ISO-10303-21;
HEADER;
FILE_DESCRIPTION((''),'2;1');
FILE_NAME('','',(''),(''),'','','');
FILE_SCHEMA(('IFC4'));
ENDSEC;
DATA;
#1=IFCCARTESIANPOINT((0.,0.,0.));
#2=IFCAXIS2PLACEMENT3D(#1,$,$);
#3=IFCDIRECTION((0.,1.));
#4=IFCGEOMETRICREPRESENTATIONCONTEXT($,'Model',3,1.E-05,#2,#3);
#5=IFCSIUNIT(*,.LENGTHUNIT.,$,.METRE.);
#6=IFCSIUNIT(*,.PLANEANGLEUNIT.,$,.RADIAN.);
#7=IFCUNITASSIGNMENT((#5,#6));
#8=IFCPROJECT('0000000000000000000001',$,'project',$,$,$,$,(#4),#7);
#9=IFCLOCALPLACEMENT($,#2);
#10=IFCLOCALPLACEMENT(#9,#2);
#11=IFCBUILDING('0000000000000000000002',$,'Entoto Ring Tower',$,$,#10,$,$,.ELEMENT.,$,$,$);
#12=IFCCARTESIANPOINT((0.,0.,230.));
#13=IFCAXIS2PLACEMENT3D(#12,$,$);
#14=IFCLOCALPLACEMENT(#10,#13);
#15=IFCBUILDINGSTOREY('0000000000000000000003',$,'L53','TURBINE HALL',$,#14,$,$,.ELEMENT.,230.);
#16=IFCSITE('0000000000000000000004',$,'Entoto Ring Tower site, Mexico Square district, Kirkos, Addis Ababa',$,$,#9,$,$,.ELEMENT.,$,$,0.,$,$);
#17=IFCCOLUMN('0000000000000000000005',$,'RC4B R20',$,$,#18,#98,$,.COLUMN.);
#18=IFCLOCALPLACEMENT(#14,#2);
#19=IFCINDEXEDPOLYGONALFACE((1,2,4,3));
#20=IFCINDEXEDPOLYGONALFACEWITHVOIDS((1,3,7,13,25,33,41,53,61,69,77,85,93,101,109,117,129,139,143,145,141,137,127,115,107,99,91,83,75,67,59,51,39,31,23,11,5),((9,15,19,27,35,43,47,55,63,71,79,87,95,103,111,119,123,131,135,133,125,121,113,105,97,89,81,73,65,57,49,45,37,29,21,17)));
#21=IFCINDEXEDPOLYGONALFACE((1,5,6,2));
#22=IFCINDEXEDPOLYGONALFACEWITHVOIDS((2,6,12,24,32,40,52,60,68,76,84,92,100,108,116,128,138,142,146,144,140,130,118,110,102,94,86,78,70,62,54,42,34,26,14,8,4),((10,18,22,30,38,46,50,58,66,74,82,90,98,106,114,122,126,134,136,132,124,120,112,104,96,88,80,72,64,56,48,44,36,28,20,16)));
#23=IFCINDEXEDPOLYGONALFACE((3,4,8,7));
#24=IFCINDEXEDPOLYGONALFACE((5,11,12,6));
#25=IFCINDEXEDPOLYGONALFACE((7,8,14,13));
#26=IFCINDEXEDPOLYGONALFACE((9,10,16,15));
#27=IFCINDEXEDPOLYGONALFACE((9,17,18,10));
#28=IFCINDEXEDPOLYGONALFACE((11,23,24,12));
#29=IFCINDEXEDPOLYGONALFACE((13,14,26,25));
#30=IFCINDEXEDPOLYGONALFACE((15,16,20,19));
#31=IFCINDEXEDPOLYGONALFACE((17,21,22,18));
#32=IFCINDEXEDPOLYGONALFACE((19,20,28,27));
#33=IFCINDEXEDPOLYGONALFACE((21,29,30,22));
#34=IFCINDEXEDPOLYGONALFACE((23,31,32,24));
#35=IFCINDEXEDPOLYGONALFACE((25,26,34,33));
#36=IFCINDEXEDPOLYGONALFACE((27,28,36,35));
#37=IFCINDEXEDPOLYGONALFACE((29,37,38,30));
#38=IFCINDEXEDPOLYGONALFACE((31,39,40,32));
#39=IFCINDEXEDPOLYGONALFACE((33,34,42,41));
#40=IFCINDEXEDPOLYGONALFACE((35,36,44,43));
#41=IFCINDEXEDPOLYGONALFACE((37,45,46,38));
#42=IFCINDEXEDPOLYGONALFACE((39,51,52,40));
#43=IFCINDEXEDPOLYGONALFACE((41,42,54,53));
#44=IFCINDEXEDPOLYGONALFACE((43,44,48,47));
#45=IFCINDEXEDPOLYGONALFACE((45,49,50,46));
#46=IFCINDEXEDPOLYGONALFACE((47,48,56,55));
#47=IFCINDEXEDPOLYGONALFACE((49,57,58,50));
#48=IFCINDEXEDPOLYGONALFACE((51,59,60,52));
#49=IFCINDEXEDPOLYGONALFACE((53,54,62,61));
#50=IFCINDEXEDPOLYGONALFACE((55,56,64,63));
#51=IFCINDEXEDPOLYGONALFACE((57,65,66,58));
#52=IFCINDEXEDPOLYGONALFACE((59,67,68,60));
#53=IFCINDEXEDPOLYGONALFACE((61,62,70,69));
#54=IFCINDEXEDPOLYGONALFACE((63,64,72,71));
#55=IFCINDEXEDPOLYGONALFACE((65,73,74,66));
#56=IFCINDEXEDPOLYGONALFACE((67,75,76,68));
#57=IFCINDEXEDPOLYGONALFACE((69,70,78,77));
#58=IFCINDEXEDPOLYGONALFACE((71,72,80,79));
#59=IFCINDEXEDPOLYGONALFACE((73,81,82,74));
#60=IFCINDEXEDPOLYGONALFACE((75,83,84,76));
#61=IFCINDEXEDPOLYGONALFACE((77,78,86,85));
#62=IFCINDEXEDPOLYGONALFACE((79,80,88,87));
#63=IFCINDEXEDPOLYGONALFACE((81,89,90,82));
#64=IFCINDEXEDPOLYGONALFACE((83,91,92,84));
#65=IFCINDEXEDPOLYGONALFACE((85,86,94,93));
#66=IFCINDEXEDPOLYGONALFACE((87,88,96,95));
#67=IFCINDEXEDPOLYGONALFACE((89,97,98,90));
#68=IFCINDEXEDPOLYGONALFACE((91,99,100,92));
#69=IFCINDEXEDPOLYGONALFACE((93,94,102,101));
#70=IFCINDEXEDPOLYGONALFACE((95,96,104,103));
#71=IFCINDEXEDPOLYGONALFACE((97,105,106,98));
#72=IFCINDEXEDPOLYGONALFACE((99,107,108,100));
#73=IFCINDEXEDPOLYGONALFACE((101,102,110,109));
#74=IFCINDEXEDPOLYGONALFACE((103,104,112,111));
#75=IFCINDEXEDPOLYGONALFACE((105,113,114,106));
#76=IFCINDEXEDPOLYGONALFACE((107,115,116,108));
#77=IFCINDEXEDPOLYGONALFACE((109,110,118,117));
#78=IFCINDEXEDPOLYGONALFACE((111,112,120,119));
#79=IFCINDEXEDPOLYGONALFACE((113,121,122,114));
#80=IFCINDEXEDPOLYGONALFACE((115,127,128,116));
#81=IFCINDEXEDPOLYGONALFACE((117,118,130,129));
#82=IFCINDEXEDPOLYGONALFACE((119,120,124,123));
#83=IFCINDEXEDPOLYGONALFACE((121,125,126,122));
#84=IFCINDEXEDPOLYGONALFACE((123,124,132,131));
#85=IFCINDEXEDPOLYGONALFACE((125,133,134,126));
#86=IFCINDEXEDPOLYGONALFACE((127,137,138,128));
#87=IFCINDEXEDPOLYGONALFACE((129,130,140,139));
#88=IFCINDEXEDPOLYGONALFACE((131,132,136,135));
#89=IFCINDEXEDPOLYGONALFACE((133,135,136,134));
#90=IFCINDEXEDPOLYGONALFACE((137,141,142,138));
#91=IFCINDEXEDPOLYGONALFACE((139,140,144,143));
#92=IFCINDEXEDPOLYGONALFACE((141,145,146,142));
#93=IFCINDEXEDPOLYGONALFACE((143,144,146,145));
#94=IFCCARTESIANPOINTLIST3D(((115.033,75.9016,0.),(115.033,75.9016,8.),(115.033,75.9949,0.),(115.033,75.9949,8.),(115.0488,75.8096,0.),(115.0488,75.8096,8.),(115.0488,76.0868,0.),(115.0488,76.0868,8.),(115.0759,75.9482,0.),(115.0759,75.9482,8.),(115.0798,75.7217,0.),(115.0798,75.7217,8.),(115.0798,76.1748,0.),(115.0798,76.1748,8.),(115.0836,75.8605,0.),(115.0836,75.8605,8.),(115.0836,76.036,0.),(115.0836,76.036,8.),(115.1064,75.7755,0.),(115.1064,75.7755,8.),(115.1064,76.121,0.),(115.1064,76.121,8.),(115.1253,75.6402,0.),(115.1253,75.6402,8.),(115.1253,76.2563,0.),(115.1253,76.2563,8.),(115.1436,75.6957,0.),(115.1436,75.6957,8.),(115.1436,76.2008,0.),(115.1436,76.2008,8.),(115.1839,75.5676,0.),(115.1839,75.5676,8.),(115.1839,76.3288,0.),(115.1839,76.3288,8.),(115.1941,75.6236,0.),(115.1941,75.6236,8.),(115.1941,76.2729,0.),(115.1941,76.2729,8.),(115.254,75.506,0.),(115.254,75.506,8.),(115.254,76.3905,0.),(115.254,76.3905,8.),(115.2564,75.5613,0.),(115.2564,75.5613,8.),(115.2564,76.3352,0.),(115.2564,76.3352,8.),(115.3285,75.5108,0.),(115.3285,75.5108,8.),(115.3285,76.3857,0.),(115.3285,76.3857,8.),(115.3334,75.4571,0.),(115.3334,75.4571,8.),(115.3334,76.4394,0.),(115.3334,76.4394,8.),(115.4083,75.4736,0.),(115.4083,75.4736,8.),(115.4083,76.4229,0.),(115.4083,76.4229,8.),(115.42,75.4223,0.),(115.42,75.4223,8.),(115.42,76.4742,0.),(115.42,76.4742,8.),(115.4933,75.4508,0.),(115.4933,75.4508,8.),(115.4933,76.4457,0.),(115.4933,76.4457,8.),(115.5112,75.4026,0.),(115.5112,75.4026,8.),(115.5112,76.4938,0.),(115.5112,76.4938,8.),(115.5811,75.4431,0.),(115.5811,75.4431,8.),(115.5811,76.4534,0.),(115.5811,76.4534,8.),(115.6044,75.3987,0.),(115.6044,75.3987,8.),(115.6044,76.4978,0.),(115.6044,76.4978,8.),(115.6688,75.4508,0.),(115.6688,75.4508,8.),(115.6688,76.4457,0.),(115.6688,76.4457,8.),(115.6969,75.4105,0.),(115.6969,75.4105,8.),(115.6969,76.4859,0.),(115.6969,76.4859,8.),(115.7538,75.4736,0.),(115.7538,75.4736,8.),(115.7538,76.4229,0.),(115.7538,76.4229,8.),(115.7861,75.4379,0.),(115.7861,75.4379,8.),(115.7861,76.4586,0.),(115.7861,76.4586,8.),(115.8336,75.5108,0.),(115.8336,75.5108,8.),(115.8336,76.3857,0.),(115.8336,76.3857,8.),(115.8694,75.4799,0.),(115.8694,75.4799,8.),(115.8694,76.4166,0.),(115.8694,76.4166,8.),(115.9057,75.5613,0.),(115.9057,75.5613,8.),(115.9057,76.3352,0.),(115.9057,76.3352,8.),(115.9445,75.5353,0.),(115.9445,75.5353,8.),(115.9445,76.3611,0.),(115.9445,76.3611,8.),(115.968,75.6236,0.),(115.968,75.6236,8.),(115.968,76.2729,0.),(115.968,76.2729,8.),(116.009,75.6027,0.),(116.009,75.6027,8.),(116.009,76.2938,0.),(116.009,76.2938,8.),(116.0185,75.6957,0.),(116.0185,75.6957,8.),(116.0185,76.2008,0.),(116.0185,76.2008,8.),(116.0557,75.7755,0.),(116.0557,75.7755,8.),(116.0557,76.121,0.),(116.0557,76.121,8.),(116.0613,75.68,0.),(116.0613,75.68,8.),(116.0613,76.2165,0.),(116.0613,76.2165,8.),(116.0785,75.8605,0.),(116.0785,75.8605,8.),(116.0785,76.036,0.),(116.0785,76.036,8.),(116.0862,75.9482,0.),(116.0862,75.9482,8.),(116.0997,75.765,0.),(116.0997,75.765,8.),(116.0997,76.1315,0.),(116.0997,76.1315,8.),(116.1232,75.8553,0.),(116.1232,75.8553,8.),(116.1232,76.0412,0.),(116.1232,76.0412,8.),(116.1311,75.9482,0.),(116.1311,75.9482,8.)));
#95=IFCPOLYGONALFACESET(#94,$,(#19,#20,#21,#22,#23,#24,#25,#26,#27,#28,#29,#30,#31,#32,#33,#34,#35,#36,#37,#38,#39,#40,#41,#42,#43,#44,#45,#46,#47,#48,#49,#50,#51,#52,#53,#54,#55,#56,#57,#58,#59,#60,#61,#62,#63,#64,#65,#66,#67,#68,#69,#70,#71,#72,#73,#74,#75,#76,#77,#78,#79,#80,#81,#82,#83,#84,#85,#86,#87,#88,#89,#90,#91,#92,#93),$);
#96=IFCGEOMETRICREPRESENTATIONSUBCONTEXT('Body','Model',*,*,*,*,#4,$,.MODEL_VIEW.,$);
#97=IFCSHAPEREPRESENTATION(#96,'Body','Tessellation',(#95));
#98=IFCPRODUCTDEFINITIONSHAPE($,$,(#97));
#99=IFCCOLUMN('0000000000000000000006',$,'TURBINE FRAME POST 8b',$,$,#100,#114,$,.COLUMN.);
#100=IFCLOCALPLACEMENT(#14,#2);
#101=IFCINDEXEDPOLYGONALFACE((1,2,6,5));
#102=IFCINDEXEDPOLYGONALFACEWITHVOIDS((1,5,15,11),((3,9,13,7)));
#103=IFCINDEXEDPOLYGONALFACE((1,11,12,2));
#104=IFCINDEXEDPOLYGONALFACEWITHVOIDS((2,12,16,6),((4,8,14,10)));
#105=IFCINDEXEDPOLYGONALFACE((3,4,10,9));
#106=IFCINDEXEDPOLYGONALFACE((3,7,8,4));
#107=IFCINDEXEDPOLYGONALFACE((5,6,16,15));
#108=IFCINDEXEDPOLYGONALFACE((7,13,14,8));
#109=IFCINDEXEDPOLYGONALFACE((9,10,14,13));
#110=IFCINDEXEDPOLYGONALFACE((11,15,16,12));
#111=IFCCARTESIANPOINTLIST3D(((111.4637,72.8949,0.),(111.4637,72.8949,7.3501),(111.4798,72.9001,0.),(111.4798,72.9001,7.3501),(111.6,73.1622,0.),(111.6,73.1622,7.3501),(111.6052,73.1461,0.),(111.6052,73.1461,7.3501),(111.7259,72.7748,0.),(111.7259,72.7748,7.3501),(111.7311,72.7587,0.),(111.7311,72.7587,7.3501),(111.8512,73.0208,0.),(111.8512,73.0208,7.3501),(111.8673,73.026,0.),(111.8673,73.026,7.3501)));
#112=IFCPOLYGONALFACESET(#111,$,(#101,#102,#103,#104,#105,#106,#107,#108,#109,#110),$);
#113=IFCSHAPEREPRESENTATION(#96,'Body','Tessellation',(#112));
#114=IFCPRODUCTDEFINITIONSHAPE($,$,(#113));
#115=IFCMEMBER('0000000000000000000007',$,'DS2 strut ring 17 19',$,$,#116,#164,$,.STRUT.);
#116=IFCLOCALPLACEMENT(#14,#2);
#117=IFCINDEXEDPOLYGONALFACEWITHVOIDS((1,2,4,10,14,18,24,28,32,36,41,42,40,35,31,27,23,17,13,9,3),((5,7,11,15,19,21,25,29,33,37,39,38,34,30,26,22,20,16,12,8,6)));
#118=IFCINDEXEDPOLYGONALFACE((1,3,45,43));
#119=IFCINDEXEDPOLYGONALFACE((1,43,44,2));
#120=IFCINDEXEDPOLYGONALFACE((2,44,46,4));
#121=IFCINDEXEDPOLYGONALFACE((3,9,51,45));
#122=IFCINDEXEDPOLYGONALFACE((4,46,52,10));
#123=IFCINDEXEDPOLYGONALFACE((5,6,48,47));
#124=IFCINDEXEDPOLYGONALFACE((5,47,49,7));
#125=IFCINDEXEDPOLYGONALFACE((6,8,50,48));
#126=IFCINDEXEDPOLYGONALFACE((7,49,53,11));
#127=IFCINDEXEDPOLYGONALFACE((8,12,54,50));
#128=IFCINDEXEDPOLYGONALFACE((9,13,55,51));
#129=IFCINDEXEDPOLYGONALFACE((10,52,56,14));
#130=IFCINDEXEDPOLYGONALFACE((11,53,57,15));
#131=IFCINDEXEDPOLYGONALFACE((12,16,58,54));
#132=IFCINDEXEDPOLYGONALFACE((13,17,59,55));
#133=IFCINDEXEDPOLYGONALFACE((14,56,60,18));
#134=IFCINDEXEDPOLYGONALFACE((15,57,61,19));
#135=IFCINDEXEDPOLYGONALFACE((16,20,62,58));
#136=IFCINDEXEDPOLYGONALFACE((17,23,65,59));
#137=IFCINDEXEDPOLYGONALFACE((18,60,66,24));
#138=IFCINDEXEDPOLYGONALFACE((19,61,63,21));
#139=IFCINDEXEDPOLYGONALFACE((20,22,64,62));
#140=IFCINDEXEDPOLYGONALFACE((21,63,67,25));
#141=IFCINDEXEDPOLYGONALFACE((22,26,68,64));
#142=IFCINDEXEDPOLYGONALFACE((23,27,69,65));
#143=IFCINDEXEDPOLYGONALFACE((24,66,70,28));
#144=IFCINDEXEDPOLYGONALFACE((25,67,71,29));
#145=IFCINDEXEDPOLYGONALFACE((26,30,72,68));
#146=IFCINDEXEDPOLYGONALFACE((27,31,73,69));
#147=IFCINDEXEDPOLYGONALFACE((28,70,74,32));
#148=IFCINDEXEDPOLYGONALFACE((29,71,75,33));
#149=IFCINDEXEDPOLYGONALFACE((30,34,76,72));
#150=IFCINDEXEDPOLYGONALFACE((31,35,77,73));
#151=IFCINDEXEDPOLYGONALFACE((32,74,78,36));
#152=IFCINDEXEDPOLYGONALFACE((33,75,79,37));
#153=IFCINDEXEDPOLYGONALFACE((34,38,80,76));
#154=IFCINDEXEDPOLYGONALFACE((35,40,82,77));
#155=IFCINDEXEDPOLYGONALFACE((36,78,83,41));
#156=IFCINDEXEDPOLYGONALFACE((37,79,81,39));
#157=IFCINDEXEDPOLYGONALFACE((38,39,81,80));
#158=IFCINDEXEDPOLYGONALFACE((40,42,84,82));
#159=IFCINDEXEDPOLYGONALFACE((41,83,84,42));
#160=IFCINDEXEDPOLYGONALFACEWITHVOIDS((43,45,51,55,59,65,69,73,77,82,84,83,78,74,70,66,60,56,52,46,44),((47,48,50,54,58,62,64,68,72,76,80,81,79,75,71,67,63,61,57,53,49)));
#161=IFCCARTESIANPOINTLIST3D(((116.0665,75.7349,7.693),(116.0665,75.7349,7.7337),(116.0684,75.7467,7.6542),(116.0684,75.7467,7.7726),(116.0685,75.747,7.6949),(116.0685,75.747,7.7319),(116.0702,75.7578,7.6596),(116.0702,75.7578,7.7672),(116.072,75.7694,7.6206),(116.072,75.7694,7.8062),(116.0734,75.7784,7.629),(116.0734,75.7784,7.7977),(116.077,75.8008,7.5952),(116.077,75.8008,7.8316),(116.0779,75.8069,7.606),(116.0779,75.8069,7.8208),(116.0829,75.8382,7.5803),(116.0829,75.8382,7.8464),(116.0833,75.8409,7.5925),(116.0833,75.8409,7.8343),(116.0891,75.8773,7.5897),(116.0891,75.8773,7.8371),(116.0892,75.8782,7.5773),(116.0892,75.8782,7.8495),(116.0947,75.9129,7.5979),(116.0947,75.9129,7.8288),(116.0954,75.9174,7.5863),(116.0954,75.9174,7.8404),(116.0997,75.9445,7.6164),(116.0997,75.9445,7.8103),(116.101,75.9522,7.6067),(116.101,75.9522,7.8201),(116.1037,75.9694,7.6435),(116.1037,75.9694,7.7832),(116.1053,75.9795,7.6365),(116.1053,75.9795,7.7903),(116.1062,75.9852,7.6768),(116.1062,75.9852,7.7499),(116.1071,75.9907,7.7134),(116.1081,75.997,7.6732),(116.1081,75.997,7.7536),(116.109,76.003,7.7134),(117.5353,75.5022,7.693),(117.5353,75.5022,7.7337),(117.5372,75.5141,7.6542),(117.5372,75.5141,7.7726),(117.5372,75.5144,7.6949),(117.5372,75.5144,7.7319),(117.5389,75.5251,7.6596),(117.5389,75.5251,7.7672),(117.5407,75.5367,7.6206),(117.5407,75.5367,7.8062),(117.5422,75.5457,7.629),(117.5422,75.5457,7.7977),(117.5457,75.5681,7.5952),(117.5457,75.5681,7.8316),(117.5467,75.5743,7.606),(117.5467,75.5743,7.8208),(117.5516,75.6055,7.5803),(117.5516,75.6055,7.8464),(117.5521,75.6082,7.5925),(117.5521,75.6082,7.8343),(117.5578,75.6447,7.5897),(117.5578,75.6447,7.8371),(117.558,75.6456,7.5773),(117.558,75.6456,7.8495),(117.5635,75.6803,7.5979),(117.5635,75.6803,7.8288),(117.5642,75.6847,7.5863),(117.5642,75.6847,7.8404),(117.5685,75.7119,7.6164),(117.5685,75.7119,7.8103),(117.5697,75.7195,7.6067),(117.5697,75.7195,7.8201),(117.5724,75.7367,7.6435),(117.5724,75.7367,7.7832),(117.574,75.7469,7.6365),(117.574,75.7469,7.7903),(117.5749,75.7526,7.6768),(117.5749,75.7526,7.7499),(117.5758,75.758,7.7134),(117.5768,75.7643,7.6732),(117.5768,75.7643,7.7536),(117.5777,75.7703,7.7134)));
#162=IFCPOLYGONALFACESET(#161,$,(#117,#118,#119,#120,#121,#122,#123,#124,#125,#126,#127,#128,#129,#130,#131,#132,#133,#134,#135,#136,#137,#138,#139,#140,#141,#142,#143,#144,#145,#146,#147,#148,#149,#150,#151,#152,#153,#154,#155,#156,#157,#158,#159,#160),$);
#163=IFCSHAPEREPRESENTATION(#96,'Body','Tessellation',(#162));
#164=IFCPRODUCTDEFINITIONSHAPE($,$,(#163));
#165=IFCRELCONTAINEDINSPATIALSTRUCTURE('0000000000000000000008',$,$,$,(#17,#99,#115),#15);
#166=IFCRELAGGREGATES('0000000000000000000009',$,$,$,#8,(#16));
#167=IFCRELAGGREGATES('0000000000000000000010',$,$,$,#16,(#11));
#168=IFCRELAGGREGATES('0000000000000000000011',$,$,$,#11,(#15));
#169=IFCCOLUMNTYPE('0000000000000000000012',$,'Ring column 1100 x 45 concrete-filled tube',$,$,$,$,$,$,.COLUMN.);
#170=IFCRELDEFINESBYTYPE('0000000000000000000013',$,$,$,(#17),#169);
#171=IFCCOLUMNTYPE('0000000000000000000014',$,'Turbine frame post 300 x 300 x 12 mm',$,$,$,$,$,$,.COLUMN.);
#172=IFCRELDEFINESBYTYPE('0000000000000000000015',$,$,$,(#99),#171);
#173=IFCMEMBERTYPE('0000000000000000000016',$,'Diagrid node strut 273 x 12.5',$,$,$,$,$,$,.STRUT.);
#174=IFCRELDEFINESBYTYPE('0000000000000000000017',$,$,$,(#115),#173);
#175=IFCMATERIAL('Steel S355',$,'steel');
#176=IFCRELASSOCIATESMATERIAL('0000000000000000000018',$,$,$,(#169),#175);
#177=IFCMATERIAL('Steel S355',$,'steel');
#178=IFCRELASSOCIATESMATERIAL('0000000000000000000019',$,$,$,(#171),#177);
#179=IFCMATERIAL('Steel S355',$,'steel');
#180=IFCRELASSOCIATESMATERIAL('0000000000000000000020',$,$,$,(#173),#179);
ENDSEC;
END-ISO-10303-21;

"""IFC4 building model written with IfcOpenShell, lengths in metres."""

from ifc_helpers import new_model, si_unit, direction, frame, origin, origin_2d, place, context, subcontext, project, spatial, hollow_rectangle, circle, hollow_circle, extrude, material, material_profile, profile_set, type_object, element, save


model = new_model("IFC4")

# Units and contexts
model_context = context("Model", 3, precision=1e-05, world=origin(), true_north=direction((0.0, 1.0)))
body_context = subcontext(model_context, "Body", "Model", "MODEL_VIEW")
ifc_project = project(units=[si_unit("LENGTHUNIT", "METRE"), si_unit("PLANEANGLEUNIT", "RADIAN")], contexts=[model_context])

# Site, building, storey
site_placement = place(None, origin())
site = spatial("IfcSite", under=ifc_project, at=site_placement, Name="Entoto Ring Tower site, Mexico Square district, Kirkos, Addis Ababa", CompositionType="ELEMENT", RefElevation=0.0)
building_placement = place(site_placement, origin())
building = spatial("IfcBuilding", under=site, at=building_placement, Name="Entoto Ring Tower", CompositionType="ELEMENT")
storey_placement = place(building_placement, frame((0.0, 0.0, 230.0)))
storey = spatial("IfcBuildingStorey", under=building, at=storey_placement, Name="L53", Description="TURBINE HALL", CompositionType="ELEMENT", Elevation=230.0)

# Columns
ifc_material_1 = material(Name="Steel S355", Category="steel")
ifc_material_profile_1 = material_profile(ifc_material_1, hollow_circle(Radius=0.55, WallThickness=0.0449, at=origin_2d()), Name="CHS 1100 x 45")
ifc_material_2 = material(Name="Concrete C60/75", Category="concrete")
ifc_material_profile_2 = material_profile(ifc_material_2, circle(Radius=0.5049, at=origin_2d()), Name="Concrete C60/75 infill")
ifc_profile_set_1 = profile_set([ifc_material_profile_1, ifc_material_profile_2], Name="Steel S355")
column_type_1 = type_object("IfcColumnType", Name="Ring column 1100 x 45 concrete-filled tube", PredefinedType="COLUMN", material=ifc_profile_set_1)
column_1_placement = place(storey_placement, frame((115.5811, 75.9482, 0.0), z_axis=(0.0, 0.0, 1.0), x_axis=(1.0, 0.0, 0.0)))
element("IfcColumn", 1, at=column_1_placement, inside=storey, type_object=column_type_1, Name="RC4B R20", PredefinedType="COLUMN", context=body_context, shape_type="SweptSolid", body=[
    extrude(hollow_circle(Radius=0.55, WallThickness=0.0449, at=origin_2d()), origin(), (0.0, 0.0, 1.0), 8.0),
])
ifc_material_3 = material(Name="Steel S355", Category="steel")
ifc_material_profile_3 = material_profile(ifc_material_3, hollow_rectangle(XDim=0.3, YDim=0.3, WallThickness=0.012, at=origin_2d()), Name="Turbine frame post 300 x 300 x 12 mm")
ifc_profile_set_2 = profile_set([ifc_material_profile_3], Name="Steel S355")
column_type_2 = type_object("IfcColumnType", Name="Turbine frame post 300 x 300 x 12 mm", PredefinedType="COLUMN", material=ifc_profile_set_2)
column_2_placement = place(storey_placement, frame((111.6655, 72.9604, 0.0), z_axis=(0.0, 0.0, 1.0), x_axis=(0.45399, 0.891007, 0.0)))
element("IfcColumn", 2, at=column_2_placement, inside=storey, type_object=column_type_2, Name="TURBINE FRAME POST 8b", PredefinedType="COLUMN", context=body_context, shape_type="SweptSolid", body=[
    extrude(hollow_rectangle(XDim=0.3, YDim=0.3, WallThickness=0.012, at=origin_2d()), origin(), (0.0, 0.0, 1.0), 7.3501),
])

# Member
ifc_material_4 = material(Name="Steel S355", Category="steel")
ifc_material_profile_4 = material_profile(ifc_material_4, hollow_circle(Radius=0.1365, WallThickness=0.0125, at=origin_2d()), Name="CHS 273 x 12.5")
ifc_material_5 = material(Name="Concrete C60/75", Category="concrete")
ifc_material_profile_5 = material_profile(ifc_material_5, circle(Radius=0.124, at=origin_2d()), Name="Concrete C60/75 infill")
ifc_profile_set_3 = profile_set([ifc_material_profile_4, ifc_material_profile_5], Name="Steel S355")
member_type_1 = type_object("IfcMemberType", Name="Diagrid node strut 273 x 12.5", PredefinedType="STRUT", material=ifc_profile_set_3)
member_1_placement = place(storey_placement, frame((116.0876, 75.8682, 7.7134), z_axis=(0.987684, -0.15646, 0.0), x_axis=(0.15646, 0.987684, 0.0)))
element("IfcMember", 3, at=member_1_placement, inside=storey, type_object=member_type_1, Name="DS2 strut ring 17 19", PredefinedType="STRUT", context=body_context, shape_type="SweptSolid", body=[
    extrude(hollow_circle(Radius=0.1365, WallThickness=0.0125, at=origin_2d()), origin(), (0.0, 0.0, 1.0), 1.4871),
])

save(model, "model.ifc")
